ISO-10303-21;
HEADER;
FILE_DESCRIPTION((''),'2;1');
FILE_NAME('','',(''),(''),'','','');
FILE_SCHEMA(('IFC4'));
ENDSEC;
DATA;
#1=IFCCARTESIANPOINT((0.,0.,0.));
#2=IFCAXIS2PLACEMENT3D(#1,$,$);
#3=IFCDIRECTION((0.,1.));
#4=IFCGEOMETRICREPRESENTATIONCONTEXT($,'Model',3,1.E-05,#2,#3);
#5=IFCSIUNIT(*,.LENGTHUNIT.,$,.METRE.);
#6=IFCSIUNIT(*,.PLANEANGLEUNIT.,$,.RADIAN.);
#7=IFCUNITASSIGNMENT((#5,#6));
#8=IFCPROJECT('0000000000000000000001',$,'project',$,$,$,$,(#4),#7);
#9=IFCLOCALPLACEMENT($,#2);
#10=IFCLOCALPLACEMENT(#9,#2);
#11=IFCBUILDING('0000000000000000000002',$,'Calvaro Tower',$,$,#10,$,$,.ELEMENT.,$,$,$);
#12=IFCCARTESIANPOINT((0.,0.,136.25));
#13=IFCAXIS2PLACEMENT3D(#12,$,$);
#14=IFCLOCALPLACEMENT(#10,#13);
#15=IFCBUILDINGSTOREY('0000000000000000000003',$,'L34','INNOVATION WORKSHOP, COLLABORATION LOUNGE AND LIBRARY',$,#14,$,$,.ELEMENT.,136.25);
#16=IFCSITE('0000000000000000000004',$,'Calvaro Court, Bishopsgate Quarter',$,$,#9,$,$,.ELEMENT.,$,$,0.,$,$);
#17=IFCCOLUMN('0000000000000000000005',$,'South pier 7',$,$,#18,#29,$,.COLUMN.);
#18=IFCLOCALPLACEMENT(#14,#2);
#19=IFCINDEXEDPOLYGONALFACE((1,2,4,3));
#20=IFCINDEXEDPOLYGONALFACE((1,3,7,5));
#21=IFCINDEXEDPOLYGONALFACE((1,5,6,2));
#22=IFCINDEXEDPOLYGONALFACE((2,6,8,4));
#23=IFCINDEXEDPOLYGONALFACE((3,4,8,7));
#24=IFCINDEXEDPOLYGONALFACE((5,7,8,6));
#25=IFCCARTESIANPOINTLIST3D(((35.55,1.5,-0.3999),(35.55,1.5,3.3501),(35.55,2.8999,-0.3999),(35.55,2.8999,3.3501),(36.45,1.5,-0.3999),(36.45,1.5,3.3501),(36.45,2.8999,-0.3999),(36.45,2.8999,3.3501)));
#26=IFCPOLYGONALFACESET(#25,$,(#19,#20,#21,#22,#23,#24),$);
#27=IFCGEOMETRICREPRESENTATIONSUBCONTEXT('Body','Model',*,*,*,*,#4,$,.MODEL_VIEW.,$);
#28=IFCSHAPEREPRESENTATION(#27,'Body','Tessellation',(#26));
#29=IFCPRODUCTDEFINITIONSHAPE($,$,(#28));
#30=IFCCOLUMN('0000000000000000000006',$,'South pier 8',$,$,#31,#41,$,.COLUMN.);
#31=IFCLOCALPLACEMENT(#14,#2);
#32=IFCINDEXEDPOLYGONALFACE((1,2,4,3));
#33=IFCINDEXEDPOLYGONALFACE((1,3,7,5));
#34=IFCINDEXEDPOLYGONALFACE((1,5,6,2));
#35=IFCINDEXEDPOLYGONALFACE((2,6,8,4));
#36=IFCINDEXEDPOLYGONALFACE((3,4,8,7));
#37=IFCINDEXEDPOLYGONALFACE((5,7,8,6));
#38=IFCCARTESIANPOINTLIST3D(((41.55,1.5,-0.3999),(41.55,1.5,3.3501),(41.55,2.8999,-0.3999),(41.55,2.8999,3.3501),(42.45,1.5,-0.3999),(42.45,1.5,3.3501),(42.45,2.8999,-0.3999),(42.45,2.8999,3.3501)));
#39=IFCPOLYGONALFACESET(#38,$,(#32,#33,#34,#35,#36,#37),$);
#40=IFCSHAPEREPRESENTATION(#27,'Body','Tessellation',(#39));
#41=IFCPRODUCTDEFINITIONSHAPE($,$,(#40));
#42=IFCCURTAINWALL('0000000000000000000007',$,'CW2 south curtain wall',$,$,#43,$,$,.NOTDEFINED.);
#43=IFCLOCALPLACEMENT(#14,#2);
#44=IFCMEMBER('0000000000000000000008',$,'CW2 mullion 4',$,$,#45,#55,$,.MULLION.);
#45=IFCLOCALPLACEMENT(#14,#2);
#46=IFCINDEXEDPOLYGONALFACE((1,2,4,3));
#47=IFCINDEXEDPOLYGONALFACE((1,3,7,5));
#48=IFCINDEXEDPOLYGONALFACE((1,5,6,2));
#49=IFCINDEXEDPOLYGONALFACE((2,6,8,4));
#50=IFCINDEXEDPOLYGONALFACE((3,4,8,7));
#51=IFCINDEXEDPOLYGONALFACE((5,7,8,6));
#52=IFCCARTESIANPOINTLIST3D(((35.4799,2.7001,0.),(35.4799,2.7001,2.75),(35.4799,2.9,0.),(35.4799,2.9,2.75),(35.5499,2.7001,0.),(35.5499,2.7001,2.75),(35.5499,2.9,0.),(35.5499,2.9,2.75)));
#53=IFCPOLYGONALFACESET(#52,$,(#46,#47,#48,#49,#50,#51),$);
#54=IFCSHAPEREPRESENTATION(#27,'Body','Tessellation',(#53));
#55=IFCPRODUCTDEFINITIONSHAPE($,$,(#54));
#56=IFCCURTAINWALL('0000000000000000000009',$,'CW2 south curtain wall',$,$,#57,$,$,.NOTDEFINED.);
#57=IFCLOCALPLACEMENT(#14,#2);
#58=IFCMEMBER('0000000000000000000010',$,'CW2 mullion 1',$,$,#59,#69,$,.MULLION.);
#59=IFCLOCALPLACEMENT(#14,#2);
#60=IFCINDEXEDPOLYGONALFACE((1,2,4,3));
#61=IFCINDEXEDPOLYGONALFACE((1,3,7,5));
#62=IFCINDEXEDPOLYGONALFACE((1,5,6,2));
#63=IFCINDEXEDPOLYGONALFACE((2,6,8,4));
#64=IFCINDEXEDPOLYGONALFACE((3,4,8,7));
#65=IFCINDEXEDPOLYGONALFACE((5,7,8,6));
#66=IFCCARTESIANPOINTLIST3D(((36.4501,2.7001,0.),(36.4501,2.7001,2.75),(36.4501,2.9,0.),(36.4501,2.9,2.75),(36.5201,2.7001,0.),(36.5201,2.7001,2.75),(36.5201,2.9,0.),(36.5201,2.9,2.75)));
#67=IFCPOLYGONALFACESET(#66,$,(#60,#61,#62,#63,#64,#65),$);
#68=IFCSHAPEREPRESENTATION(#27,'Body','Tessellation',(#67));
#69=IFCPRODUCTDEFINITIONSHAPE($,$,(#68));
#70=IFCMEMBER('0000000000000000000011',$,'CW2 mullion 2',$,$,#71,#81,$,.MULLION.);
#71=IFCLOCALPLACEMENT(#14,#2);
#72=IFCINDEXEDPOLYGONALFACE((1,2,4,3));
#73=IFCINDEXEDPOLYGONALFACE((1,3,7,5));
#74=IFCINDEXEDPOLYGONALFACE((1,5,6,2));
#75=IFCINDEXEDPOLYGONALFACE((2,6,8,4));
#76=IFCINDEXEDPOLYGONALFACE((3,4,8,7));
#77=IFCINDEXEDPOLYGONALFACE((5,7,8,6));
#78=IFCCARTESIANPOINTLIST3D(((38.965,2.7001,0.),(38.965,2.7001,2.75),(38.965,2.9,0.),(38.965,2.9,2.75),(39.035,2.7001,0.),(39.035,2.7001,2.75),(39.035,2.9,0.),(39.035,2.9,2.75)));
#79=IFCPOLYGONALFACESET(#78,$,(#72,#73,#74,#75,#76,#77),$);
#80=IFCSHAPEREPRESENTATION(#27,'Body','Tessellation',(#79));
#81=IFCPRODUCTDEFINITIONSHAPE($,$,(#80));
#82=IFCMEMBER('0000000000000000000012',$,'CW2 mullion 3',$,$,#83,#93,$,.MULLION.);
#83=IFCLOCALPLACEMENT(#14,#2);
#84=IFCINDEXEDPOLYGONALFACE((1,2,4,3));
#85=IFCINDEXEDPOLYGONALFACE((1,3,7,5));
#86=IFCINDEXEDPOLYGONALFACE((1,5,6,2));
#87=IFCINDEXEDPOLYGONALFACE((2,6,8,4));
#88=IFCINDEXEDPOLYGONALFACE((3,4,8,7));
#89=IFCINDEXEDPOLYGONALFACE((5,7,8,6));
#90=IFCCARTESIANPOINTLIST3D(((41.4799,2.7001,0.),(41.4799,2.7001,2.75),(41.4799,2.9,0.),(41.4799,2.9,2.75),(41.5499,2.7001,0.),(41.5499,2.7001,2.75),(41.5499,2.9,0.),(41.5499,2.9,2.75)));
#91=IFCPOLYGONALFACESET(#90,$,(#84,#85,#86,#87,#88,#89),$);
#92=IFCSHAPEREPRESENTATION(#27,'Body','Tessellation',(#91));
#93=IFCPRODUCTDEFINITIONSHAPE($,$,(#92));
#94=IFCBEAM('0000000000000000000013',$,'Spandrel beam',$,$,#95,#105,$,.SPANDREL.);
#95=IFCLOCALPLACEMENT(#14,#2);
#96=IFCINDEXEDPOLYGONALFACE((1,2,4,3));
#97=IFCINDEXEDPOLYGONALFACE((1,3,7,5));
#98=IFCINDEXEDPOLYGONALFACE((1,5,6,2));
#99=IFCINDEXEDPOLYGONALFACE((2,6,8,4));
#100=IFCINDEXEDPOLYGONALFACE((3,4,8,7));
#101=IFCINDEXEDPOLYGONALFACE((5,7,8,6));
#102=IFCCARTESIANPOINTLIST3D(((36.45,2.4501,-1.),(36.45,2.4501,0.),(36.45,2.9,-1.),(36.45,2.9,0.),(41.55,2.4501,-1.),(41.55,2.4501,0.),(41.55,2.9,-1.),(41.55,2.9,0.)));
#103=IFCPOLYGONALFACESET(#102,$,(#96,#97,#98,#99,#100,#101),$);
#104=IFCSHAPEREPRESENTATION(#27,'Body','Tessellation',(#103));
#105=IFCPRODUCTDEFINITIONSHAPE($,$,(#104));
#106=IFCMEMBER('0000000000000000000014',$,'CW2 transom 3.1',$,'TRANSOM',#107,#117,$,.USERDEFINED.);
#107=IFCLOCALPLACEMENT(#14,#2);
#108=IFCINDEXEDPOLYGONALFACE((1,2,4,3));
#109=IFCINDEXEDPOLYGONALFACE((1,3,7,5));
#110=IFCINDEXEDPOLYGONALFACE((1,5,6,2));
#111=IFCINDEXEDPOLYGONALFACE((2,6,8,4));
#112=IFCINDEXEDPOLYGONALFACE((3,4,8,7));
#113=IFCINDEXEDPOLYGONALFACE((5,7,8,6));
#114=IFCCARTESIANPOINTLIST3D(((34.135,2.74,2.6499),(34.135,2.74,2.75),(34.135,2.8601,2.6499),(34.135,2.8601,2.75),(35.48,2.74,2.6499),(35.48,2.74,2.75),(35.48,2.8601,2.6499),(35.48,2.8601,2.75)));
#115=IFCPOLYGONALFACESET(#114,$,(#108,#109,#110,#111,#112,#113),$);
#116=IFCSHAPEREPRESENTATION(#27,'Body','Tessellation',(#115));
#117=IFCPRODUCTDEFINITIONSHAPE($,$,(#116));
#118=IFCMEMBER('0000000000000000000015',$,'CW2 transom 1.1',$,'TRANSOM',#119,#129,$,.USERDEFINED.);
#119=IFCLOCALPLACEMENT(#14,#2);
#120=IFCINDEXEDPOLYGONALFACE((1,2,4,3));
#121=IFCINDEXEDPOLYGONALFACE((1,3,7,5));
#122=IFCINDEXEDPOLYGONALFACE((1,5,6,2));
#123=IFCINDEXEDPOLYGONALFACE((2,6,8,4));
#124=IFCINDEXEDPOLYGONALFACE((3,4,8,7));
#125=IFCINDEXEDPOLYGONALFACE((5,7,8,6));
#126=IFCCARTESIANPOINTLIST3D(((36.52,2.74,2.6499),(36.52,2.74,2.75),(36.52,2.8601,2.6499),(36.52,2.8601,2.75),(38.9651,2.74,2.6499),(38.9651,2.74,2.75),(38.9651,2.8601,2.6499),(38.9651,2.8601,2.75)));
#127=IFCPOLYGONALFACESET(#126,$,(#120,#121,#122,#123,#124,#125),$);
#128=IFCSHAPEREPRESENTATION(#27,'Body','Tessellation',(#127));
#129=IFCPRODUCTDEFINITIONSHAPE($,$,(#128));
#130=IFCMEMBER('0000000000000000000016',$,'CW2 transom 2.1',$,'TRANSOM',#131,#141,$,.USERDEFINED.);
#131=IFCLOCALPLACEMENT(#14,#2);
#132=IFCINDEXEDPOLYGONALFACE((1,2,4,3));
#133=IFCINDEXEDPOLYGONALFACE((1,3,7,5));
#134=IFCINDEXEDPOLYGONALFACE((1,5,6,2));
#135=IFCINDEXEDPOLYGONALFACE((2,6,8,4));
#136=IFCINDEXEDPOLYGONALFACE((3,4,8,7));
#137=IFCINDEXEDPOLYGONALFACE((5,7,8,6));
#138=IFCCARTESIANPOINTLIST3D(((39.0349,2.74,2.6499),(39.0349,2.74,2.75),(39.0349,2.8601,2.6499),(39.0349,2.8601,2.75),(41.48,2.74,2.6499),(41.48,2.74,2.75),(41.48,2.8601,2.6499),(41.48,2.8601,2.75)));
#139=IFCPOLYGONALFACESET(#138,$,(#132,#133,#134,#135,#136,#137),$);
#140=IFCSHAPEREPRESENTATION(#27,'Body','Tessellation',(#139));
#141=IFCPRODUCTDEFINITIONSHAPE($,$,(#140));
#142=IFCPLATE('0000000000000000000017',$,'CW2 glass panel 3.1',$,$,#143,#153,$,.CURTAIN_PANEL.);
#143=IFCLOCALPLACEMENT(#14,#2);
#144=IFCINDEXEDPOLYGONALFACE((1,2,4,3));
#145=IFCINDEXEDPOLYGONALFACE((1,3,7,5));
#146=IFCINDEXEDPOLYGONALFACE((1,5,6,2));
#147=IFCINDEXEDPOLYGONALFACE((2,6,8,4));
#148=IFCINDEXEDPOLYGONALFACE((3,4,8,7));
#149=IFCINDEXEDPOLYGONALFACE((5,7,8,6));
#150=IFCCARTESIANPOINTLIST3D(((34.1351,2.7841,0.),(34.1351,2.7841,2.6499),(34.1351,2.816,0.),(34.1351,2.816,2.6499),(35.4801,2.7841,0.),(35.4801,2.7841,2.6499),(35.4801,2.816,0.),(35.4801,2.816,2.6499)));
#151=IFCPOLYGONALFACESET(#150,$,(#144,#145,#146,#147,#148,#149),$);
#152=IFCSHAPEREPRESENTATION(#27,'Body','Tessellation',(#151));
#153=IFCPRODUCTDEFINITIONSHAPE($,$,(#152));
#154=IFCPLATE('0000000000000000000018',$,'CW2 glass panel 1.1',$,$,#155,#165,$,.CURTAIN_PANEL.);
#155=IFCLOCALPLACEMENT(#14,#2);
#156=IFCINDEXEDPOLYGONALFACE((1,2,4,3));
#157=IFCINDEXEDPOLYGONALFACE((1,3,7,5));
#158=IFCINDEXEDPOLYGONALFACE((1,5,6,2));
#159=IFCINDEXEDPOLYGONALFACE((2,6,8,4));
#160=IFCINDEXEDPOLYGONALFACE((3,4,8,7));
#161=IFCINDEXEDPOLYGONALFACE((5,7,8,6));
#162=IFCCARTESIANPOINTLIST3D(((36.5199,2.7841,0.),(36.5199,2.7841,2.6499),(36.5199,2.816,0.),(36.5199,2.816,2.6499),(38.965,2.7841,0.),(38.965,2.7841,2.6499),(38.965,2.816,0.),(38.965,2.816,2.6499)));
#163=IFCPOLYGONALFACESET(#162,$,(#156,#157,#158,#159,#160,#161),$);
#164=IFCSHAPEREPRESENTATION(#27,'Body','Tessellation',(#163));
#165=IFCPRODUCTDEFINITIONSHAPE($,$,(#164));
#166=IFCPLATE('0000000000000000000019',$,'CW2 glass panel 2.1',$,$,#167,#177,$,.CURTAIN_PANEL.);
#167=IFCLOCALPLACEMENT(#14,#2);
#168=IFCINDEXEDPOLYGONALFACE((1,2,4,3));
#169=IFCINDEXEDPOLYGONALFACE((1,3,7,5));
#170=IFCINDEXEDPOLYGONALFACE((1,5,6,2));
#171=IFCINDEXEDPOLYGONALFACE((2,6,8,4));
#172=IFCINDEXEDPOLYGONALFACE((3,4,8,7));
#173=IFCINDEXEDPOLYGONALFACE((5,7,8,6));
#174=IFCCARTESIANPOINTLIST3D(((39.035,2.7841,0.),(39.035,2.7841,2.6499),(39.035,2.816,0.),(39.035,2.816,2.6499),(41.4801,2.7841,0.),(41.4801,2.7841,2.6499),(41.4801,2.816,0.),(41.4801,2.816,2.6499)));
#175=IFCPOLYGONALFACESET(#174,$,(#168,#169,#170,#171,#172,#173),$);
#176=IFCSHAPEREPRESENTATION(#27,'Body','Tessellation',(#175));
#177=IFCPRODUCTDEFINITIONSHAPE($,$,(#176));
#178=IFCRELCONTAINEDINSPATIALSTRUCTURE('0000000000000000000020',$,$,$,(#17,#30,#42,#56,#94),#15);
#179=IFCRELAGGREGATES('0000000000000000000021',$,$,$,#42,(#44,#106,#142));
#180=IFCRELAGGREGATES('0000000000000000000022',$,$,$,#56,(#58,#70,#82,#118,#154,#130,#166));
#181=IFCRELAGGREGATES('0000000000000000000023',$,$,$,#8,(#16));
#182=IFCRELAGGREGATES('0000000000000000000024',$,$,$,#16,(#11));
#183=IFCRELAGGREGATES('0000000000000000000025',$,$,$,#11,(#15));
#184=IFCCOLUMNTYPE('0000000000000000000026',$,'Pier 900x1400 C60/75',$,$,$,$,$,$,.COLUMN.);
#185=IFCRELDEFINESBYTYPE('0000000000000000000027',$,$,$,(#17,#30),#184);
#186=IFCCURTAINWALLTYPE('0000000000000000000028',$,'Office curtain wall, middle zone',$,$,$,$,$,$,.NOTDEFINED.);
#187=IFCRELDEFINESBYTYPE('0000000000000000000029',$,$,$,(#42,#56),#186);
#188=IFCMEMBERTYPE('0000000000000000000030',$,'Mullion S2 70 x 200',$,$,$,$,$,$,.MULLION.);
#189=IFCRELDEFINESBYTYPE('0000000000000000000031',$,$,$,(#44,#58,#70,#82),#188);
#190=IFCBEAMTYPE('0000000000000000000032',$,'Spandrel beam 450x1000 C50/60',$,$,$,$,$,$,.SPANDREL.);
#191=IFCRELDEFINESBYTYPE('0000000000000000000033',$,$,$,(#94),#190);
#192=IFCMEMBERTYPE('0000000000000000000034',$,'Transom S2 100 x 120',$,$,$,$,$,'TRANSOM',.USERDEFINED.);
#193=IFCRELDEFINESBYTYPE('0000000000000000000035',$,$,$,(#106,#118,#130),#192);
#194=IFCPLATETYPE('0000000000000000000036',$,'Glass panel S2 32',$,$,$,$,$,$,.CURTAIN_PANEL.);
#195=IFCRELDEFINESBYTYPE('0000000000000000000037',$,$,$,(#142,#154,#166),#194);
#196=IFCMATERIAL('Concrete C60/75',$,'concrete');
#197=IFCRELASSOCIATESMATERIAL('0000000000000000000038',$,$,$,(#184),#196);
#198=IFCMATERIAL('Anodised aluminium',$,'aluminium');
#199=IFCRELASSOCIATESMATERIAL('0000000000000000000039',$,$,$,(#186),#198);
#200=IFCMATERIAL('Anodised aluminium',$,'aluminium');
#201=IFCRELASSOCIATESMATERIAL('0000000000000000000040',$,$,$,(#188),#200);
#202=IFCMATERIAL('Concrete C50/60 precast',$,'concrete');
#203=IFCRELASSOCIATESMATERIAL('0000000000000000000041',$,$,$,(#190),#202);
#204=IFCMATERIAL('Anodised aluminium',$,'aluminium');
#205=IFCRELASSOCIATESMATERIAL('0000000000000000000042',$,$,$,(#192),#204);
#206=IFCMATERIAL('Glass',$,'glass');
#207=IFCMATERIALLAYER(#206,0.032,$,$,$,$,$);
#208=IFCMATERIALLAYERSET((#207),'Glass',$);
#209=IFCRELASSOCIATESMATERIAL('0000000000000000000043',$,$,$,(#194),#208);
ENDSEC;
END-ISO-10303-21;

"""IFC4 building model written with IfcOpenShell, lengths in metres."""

from ifc_helpers import new_model, si_unit, direction, frame, origin, origin_2d, place, context, subcontext, project, spatial, rectangle, extrude, material, layer, layer_set, material_profile, profile_set, type_object, element, aggregate, save


model = new_model("IFC4")

# Units and contexts
model_context = context("Model", 3, precision=1e-05, world=origin(), true_north=direction((0.0, 1.0)))
body_context = subcontext(model_context, "Body", "Model", "MODEL_VIEW")
ifc_project = project(units=[si_unit("LENGTHUNIT", "METRE"), si_unit("PLANEANGLEUNIT", "RADIAN")], contexts=[model_context])

# Site, building, storey
site_placement = place(None, origin())
site = spatial("IfcSite", under=ifc_project, at=site_placement, Name="Calvaro Court, Bishopsgate Quarter", CompositionType="ELEMENT", RefElevation=0.0)
building_placement = place(site_placement, origin())
building = spatial("IfcBuilding", under=site, at=building_placement, Name="Calvaro Tower", CompositionType="ELEMENT")
storey_placement = place(building_placement, frame((0.0, 0.0, 136.25)))
storey = spatial("IfcBuildingStorey", under=building, at=storey_placement, Name="L34", Description="INNOVATION WORKSHOP, COLLABORATION LOUNGE AND LIBRARY", CompositionType="ELEMENT", Elevation=136.25)

# Columns
ifc_material_1 = material(Name="Concrete C60/75", Category="concrete")
ifc_material_profile_1 = material_profile(ifc_material_1, rectangle(XDim=0.8999, YDim=1.3999, at=origin_2d()), Name="RC 900x1400")
ifc_profile_set_1 = profile_set([ifc_material_profile_1], Name="Concrete C60/75")
column_type = type_object("IfcColumnType", Name="Pier 900x1400 C60/75", PredefinedType="COLUMN", material=ifc_profile_set_1)
for number, where, z_axis, x_axis, name in (
    (1, (36.0, 2.2, -0.3999), (0.0, 0.0, 1.0), (1.0, 0.0, 0.0), "South pier 7"),
    (2, (42.0, 2.2, -0.3999), (0.0, 0.0, 1.0), (1.0, 0.0, 0.0), "South pier 8"),
):
    element("IfcColumn", number, at=place(storey_placement, frame(where, z_axis=z_axis, x_axis=x_axis)), inside=storey, type_object=column_type, Name=name, PredefinedType="COLUMN", context=body_context, shape_type="SweptSolid", body=[
        extrude(rectangle(XDim=0.8999, YDim=1.3999, at=origin_2d()), origin(), (0.0, 0.0, 1.0), 3.75),
    ])

# Curtain wall, member
ifc_material_2 = material(Name="Anodised aluminium", Category="aluminium")
curtain_wall_type = type_object("IfcCurtainWallType", Name="Office curtain wall, middle zone", PredefinedType="NOTDEFINED", material=ifc_material_2)
curtain_wall_1_placement = place(storey_placement, origin())
curtain_wall_1 = element("IfcCurtainWall", 3, at=curtain_wall_1_placement, inside=storey, type_object=curtain_wall_type, Name="CW2 south curtain wall", PredefinedType="NOTDEFINED")
ifc_material_3 = material(Name="Anodised aluminium", Category="aluminium")
ifc_material_profile_2 = material_profile(ifc_material_3, rectangle(XDim=0.2, YDim=0.0701, at=origin_2d()), Name="Mullion S2 70 x 200")
ifc_profile_set_2 = profile_set([ifc_material_profile_2], Name="Anodised aluminium")
member_type_1 = type_object("IfcMemberType", Name="Mullion S2 70 x 200", PredefinedType="MULLION", material=ifc_profile_set_2)
member_1_placement = place(storey_placement, frame((35.5149, 2.8, 0.0), z_axis=(0.0, 0.0, 1.0), x_axis=(0.0, 1.0, 0.0)))
member_1 = element("IfcMember", 4, at=member_1_placement, type_object=member_type_1, Name="CW2 mullion 4", PredefinedType="MULLION", context=body_context, shape_type="SweptSolid", body=[
    extrude(rectangle(XDim=0.2, YDim=0.0701, at=origin_2d()), origin(), (0.0, 0.0, 1.0), 2.75),
])

# Curtain wall, members
curtain_wall_2_placement = place(storey_placement, origin())
curtain_wall_2 = element("IfcCurtainWall", 5, at=curtain_wall_2_placement, inside=storey, type_object=curtain_wall_type, Name="CW2 south curtain wall", PredefinedType="NOTDEFINED")
member_2_placement = place(storey_placement, frame((36.4851, 2.8, 0.0), z_axis=(0.0, 0.0, 1.0), x_axis=(0.0, 1.0, 0.0)))
member_2 = element("IfcMember", 6, at=member_2_placement, type_object=member_type_1, Name="CW2 mullion 1", PredefinedType="MULLION", context=body_context, shape_type="SweptSolid", body=[
    extrude(rectangle(XDim=0.2, YDim=0.0701, at=origin_2d()), origin(), (0.0, 0.0, 1.0), 2.75),
])
member_3_placement = place(storey_placement, frame((39.0, 2.8, 0.0), z_axis=(0.0, 0.0, 1.0), x_axis=(0.0, 1.0, 0.0)))
member_3 = element("IfcMember", 7, at=member_3_placement, type_object=member_type_1, Name="CW2 mullion 2", PredefinedType="MULLION", context=body_context, shape_type="SweptSolid", body=[
    extrude(rectangle(XDim=0.2, YDim=0.0701, at=origin_2d()), origin(), (0.0, 0.0, 1.0), 2.75),
])
member_4_placement = place(storey_placement, frame((41.5149, 2.8, 0.0), z_axis=(0.0, 0.0, 1.0), x_axis=(0.0, 1.0, 0.0)))
member_4 = element("IfcMember", 8, at=member_4_placement, type_object=member_type_1, Name="CW2 mullion 3", PredefinedType="MULLION", context=body_context, shape_type="SweptSolid", body=[
    extrude(rectangle(XDim=0.2, YDim=0.0701, at=origin_2d()), origin(), (0.0, 0.0, 1.0), 2.75),
])

# Beam
ifc_material_4 = material(Name="Concrete C50/60 precast", Category="concrete")
ifc_material_profile_3 = material_profile(ifc_material_4, rectangle(XDim=0.45, YDim=1.0, at=origin_2d()), Name="RC 450x1000")
ifc_profile_set_3 = profile_set([ifc_material_profile_3], Name="Concrete C50/60 precast")
beam_type = type_object("IfcBeamType", Name="Spandrel beam 450x1000 C50/60", PredefinedType="SPANDREL", material=ifc_profile_set_3)
beam_placement = place(storey_placement, frame((36.45, 2.675, -0.5), z_axis=(1.0, 0.0, 0.0), x_axis=(0.0, 1.0, 0.0)))
element("IfcBeam", 9, at=beam_placement, inside=storey, type_object=beam_type, Name="Spandrel beam", PredefinedType="SPANDREL", context=body_context, shape_type="SweptSolid", body=[
    extrude(rectangle(XDim=0.45, YDim=1.0, at=origin_2d()), origin(), (0.0, 0.0, 1.0), 5.1001),
])

# Members
ifc_material_5 = material(Name="Anodised aluminium", Category="aluminium")
ifc_material_profile_4 = material_profile(ifc_material_5, rectangle(XDim=0.1201, YDim=0.1001, at=origin_2d()), Name="Transom S2 100 x 120")
ifc_profile_set_4 = profile_set([ifc_material_profile_4], Name="Anodised aluminium")
member_type_2 = type_object("IfcMemberType", Name="Transom S2 100 x 120", ElementType="TRANSOM", PredefinedType="USERDEFINED", material=ifc_profile_set_4)
member_5_placement = place(storey_placement, frame((34.135, 2.8, 2.7), z_axis=(1.0, 0.0, 0.0), x_axis=(0.0, 1.0, 0.0)))
member_5 = element("IfcMember", 10, at=member_5_placement, type_object=member_type_2, Name="CW2 transom 3.1", ObjectType="TRANSOM", PredefinedType="USERDEFINED", context=body_context, shape_type="SweptSolid", body=[
    extrude(rectangle(XDim=0.1201, YDim=0.1001, at=origin_2d()), origin(), (0.0, 0.0, 1.0), 1.345),
])
member_6_placement = place(storey_placement, frame((36.52, 2.8, 2.7), z_axis=(1.0, 0.0, 0.0), x_axis=(0.0, 1.0, 0.0)))
member_6 = element("IfcMember", 11, at=member_6_placement, type_object=member_type_2, Name="CW2 transom 1.1", ObjectType="TRANSOM", PredefinedType="USERDEFINED", context=body_context, shape_type="SweptSolid", body=[
    extrude(rectangle(XDim=0.1201, YDim=0.1001, at=origin_2d()), origin(), (0.0, 0.0, 1.0), 2.4451),
])
member_7_placement = place(storey_placement, frame((39.0349, 2.8, 2.7), z_axis=(1.0, 0.0, 0.0), x_axis=(0.0, 1.0, 0.0)))
member_7 = element("IfcMember", 12, at=member_7_placement, type_object=member_type_2, Name="CW2 transom 2.1", ObjectType="TRANSOM", PredefinedType="USERDEFINED", context=body_context, shape_type="SweptSolid", body=[
    extrude(rectangle(XDim=0.1201, YDim=0.1001, at=origin_2d()), origin(), (0.0, 0.0, 1.0), 2.4451),
])

# Plates
ifc_material_6 = material(Name="Glass", Category="glass")
ifc_layer_1 = layer(ifc_material_6, 0.032)
ifc_layer_set_1 = layer_set([ifc_layer_1], Name="Glass")
plate_type = type_object("IfcPlateType", Name="Glass panel S2 32", PredefinedType="CURTAIN_PANEL", material=ifc_layer_set_1)
plate_1_placement = place(storey_placement, frame((34.8076, 2.8, 0.0), z_axis=(0.0, 0.0, 1.0), x_axis=(1.0, 0.0, 0.0)))
plate_1 = element("IfcPlate", 13, at=plate_1_placement, type_object=plate_type, Name="CW2 glass panel 3.1", PredefinedType="CURTAIN_PANEL", context=body_context, shape_type="SweptSolid", body=[
    extrude(rectangle(XDim=1.345, YDim=0.032, at=origin_2d()), origin(), (0.0, 0.0, 1.0), 2.6499),
])
aggregate(curtain_wall_1, [member_1, member_5, plate_1])
plate_2_placement = place(storey_placement, frame((37.7424, 2.8, 0.0), z_axis=(0.0, 0.0, 1.0), x_axis=(1.0, 0.0, 0.0)))
plate_2 = element("IfcPlate", 14, at=plate_2_placement, type_object=plate_type, Name="CW2 glass panel 1.1", PredefinedType="CURTAIN_PANEL", context=body_context, shape_type="SweptSolid", body=[
    extrude(rectangle(XDim=2.4451, YDim=0.032, at=origin_2d()), origin(), (0.0, 0.0, 1.0), 2.6499),
])
plate_3_placement = place(storey_placement, frame((40.2576, 2.8, 0.0), z_axis=(0.0, 0.0, 1.0), x_axis=(1.0, 0.0, 0.0)))
plate_3 = element("IfcPlate", 15, at=plate_3_placement, type_object=plate_type, Name="CW2 glass panel 2.1", PredefinedType="CURTAIN_PANEL", context=body_context, shape_type="SweptSolid", body=[
    extrude(rectangle(XDim=2.4451, YDim=0.032, at=origin_2d()), origin(), (0.0, 0.0, 1.0), 2.6499),
])
aggregate(curtain_wall_2, [member_2, member_3, member_4, member_6, plate_2, member_7, plate_3])

save(model, "model.ifc")
